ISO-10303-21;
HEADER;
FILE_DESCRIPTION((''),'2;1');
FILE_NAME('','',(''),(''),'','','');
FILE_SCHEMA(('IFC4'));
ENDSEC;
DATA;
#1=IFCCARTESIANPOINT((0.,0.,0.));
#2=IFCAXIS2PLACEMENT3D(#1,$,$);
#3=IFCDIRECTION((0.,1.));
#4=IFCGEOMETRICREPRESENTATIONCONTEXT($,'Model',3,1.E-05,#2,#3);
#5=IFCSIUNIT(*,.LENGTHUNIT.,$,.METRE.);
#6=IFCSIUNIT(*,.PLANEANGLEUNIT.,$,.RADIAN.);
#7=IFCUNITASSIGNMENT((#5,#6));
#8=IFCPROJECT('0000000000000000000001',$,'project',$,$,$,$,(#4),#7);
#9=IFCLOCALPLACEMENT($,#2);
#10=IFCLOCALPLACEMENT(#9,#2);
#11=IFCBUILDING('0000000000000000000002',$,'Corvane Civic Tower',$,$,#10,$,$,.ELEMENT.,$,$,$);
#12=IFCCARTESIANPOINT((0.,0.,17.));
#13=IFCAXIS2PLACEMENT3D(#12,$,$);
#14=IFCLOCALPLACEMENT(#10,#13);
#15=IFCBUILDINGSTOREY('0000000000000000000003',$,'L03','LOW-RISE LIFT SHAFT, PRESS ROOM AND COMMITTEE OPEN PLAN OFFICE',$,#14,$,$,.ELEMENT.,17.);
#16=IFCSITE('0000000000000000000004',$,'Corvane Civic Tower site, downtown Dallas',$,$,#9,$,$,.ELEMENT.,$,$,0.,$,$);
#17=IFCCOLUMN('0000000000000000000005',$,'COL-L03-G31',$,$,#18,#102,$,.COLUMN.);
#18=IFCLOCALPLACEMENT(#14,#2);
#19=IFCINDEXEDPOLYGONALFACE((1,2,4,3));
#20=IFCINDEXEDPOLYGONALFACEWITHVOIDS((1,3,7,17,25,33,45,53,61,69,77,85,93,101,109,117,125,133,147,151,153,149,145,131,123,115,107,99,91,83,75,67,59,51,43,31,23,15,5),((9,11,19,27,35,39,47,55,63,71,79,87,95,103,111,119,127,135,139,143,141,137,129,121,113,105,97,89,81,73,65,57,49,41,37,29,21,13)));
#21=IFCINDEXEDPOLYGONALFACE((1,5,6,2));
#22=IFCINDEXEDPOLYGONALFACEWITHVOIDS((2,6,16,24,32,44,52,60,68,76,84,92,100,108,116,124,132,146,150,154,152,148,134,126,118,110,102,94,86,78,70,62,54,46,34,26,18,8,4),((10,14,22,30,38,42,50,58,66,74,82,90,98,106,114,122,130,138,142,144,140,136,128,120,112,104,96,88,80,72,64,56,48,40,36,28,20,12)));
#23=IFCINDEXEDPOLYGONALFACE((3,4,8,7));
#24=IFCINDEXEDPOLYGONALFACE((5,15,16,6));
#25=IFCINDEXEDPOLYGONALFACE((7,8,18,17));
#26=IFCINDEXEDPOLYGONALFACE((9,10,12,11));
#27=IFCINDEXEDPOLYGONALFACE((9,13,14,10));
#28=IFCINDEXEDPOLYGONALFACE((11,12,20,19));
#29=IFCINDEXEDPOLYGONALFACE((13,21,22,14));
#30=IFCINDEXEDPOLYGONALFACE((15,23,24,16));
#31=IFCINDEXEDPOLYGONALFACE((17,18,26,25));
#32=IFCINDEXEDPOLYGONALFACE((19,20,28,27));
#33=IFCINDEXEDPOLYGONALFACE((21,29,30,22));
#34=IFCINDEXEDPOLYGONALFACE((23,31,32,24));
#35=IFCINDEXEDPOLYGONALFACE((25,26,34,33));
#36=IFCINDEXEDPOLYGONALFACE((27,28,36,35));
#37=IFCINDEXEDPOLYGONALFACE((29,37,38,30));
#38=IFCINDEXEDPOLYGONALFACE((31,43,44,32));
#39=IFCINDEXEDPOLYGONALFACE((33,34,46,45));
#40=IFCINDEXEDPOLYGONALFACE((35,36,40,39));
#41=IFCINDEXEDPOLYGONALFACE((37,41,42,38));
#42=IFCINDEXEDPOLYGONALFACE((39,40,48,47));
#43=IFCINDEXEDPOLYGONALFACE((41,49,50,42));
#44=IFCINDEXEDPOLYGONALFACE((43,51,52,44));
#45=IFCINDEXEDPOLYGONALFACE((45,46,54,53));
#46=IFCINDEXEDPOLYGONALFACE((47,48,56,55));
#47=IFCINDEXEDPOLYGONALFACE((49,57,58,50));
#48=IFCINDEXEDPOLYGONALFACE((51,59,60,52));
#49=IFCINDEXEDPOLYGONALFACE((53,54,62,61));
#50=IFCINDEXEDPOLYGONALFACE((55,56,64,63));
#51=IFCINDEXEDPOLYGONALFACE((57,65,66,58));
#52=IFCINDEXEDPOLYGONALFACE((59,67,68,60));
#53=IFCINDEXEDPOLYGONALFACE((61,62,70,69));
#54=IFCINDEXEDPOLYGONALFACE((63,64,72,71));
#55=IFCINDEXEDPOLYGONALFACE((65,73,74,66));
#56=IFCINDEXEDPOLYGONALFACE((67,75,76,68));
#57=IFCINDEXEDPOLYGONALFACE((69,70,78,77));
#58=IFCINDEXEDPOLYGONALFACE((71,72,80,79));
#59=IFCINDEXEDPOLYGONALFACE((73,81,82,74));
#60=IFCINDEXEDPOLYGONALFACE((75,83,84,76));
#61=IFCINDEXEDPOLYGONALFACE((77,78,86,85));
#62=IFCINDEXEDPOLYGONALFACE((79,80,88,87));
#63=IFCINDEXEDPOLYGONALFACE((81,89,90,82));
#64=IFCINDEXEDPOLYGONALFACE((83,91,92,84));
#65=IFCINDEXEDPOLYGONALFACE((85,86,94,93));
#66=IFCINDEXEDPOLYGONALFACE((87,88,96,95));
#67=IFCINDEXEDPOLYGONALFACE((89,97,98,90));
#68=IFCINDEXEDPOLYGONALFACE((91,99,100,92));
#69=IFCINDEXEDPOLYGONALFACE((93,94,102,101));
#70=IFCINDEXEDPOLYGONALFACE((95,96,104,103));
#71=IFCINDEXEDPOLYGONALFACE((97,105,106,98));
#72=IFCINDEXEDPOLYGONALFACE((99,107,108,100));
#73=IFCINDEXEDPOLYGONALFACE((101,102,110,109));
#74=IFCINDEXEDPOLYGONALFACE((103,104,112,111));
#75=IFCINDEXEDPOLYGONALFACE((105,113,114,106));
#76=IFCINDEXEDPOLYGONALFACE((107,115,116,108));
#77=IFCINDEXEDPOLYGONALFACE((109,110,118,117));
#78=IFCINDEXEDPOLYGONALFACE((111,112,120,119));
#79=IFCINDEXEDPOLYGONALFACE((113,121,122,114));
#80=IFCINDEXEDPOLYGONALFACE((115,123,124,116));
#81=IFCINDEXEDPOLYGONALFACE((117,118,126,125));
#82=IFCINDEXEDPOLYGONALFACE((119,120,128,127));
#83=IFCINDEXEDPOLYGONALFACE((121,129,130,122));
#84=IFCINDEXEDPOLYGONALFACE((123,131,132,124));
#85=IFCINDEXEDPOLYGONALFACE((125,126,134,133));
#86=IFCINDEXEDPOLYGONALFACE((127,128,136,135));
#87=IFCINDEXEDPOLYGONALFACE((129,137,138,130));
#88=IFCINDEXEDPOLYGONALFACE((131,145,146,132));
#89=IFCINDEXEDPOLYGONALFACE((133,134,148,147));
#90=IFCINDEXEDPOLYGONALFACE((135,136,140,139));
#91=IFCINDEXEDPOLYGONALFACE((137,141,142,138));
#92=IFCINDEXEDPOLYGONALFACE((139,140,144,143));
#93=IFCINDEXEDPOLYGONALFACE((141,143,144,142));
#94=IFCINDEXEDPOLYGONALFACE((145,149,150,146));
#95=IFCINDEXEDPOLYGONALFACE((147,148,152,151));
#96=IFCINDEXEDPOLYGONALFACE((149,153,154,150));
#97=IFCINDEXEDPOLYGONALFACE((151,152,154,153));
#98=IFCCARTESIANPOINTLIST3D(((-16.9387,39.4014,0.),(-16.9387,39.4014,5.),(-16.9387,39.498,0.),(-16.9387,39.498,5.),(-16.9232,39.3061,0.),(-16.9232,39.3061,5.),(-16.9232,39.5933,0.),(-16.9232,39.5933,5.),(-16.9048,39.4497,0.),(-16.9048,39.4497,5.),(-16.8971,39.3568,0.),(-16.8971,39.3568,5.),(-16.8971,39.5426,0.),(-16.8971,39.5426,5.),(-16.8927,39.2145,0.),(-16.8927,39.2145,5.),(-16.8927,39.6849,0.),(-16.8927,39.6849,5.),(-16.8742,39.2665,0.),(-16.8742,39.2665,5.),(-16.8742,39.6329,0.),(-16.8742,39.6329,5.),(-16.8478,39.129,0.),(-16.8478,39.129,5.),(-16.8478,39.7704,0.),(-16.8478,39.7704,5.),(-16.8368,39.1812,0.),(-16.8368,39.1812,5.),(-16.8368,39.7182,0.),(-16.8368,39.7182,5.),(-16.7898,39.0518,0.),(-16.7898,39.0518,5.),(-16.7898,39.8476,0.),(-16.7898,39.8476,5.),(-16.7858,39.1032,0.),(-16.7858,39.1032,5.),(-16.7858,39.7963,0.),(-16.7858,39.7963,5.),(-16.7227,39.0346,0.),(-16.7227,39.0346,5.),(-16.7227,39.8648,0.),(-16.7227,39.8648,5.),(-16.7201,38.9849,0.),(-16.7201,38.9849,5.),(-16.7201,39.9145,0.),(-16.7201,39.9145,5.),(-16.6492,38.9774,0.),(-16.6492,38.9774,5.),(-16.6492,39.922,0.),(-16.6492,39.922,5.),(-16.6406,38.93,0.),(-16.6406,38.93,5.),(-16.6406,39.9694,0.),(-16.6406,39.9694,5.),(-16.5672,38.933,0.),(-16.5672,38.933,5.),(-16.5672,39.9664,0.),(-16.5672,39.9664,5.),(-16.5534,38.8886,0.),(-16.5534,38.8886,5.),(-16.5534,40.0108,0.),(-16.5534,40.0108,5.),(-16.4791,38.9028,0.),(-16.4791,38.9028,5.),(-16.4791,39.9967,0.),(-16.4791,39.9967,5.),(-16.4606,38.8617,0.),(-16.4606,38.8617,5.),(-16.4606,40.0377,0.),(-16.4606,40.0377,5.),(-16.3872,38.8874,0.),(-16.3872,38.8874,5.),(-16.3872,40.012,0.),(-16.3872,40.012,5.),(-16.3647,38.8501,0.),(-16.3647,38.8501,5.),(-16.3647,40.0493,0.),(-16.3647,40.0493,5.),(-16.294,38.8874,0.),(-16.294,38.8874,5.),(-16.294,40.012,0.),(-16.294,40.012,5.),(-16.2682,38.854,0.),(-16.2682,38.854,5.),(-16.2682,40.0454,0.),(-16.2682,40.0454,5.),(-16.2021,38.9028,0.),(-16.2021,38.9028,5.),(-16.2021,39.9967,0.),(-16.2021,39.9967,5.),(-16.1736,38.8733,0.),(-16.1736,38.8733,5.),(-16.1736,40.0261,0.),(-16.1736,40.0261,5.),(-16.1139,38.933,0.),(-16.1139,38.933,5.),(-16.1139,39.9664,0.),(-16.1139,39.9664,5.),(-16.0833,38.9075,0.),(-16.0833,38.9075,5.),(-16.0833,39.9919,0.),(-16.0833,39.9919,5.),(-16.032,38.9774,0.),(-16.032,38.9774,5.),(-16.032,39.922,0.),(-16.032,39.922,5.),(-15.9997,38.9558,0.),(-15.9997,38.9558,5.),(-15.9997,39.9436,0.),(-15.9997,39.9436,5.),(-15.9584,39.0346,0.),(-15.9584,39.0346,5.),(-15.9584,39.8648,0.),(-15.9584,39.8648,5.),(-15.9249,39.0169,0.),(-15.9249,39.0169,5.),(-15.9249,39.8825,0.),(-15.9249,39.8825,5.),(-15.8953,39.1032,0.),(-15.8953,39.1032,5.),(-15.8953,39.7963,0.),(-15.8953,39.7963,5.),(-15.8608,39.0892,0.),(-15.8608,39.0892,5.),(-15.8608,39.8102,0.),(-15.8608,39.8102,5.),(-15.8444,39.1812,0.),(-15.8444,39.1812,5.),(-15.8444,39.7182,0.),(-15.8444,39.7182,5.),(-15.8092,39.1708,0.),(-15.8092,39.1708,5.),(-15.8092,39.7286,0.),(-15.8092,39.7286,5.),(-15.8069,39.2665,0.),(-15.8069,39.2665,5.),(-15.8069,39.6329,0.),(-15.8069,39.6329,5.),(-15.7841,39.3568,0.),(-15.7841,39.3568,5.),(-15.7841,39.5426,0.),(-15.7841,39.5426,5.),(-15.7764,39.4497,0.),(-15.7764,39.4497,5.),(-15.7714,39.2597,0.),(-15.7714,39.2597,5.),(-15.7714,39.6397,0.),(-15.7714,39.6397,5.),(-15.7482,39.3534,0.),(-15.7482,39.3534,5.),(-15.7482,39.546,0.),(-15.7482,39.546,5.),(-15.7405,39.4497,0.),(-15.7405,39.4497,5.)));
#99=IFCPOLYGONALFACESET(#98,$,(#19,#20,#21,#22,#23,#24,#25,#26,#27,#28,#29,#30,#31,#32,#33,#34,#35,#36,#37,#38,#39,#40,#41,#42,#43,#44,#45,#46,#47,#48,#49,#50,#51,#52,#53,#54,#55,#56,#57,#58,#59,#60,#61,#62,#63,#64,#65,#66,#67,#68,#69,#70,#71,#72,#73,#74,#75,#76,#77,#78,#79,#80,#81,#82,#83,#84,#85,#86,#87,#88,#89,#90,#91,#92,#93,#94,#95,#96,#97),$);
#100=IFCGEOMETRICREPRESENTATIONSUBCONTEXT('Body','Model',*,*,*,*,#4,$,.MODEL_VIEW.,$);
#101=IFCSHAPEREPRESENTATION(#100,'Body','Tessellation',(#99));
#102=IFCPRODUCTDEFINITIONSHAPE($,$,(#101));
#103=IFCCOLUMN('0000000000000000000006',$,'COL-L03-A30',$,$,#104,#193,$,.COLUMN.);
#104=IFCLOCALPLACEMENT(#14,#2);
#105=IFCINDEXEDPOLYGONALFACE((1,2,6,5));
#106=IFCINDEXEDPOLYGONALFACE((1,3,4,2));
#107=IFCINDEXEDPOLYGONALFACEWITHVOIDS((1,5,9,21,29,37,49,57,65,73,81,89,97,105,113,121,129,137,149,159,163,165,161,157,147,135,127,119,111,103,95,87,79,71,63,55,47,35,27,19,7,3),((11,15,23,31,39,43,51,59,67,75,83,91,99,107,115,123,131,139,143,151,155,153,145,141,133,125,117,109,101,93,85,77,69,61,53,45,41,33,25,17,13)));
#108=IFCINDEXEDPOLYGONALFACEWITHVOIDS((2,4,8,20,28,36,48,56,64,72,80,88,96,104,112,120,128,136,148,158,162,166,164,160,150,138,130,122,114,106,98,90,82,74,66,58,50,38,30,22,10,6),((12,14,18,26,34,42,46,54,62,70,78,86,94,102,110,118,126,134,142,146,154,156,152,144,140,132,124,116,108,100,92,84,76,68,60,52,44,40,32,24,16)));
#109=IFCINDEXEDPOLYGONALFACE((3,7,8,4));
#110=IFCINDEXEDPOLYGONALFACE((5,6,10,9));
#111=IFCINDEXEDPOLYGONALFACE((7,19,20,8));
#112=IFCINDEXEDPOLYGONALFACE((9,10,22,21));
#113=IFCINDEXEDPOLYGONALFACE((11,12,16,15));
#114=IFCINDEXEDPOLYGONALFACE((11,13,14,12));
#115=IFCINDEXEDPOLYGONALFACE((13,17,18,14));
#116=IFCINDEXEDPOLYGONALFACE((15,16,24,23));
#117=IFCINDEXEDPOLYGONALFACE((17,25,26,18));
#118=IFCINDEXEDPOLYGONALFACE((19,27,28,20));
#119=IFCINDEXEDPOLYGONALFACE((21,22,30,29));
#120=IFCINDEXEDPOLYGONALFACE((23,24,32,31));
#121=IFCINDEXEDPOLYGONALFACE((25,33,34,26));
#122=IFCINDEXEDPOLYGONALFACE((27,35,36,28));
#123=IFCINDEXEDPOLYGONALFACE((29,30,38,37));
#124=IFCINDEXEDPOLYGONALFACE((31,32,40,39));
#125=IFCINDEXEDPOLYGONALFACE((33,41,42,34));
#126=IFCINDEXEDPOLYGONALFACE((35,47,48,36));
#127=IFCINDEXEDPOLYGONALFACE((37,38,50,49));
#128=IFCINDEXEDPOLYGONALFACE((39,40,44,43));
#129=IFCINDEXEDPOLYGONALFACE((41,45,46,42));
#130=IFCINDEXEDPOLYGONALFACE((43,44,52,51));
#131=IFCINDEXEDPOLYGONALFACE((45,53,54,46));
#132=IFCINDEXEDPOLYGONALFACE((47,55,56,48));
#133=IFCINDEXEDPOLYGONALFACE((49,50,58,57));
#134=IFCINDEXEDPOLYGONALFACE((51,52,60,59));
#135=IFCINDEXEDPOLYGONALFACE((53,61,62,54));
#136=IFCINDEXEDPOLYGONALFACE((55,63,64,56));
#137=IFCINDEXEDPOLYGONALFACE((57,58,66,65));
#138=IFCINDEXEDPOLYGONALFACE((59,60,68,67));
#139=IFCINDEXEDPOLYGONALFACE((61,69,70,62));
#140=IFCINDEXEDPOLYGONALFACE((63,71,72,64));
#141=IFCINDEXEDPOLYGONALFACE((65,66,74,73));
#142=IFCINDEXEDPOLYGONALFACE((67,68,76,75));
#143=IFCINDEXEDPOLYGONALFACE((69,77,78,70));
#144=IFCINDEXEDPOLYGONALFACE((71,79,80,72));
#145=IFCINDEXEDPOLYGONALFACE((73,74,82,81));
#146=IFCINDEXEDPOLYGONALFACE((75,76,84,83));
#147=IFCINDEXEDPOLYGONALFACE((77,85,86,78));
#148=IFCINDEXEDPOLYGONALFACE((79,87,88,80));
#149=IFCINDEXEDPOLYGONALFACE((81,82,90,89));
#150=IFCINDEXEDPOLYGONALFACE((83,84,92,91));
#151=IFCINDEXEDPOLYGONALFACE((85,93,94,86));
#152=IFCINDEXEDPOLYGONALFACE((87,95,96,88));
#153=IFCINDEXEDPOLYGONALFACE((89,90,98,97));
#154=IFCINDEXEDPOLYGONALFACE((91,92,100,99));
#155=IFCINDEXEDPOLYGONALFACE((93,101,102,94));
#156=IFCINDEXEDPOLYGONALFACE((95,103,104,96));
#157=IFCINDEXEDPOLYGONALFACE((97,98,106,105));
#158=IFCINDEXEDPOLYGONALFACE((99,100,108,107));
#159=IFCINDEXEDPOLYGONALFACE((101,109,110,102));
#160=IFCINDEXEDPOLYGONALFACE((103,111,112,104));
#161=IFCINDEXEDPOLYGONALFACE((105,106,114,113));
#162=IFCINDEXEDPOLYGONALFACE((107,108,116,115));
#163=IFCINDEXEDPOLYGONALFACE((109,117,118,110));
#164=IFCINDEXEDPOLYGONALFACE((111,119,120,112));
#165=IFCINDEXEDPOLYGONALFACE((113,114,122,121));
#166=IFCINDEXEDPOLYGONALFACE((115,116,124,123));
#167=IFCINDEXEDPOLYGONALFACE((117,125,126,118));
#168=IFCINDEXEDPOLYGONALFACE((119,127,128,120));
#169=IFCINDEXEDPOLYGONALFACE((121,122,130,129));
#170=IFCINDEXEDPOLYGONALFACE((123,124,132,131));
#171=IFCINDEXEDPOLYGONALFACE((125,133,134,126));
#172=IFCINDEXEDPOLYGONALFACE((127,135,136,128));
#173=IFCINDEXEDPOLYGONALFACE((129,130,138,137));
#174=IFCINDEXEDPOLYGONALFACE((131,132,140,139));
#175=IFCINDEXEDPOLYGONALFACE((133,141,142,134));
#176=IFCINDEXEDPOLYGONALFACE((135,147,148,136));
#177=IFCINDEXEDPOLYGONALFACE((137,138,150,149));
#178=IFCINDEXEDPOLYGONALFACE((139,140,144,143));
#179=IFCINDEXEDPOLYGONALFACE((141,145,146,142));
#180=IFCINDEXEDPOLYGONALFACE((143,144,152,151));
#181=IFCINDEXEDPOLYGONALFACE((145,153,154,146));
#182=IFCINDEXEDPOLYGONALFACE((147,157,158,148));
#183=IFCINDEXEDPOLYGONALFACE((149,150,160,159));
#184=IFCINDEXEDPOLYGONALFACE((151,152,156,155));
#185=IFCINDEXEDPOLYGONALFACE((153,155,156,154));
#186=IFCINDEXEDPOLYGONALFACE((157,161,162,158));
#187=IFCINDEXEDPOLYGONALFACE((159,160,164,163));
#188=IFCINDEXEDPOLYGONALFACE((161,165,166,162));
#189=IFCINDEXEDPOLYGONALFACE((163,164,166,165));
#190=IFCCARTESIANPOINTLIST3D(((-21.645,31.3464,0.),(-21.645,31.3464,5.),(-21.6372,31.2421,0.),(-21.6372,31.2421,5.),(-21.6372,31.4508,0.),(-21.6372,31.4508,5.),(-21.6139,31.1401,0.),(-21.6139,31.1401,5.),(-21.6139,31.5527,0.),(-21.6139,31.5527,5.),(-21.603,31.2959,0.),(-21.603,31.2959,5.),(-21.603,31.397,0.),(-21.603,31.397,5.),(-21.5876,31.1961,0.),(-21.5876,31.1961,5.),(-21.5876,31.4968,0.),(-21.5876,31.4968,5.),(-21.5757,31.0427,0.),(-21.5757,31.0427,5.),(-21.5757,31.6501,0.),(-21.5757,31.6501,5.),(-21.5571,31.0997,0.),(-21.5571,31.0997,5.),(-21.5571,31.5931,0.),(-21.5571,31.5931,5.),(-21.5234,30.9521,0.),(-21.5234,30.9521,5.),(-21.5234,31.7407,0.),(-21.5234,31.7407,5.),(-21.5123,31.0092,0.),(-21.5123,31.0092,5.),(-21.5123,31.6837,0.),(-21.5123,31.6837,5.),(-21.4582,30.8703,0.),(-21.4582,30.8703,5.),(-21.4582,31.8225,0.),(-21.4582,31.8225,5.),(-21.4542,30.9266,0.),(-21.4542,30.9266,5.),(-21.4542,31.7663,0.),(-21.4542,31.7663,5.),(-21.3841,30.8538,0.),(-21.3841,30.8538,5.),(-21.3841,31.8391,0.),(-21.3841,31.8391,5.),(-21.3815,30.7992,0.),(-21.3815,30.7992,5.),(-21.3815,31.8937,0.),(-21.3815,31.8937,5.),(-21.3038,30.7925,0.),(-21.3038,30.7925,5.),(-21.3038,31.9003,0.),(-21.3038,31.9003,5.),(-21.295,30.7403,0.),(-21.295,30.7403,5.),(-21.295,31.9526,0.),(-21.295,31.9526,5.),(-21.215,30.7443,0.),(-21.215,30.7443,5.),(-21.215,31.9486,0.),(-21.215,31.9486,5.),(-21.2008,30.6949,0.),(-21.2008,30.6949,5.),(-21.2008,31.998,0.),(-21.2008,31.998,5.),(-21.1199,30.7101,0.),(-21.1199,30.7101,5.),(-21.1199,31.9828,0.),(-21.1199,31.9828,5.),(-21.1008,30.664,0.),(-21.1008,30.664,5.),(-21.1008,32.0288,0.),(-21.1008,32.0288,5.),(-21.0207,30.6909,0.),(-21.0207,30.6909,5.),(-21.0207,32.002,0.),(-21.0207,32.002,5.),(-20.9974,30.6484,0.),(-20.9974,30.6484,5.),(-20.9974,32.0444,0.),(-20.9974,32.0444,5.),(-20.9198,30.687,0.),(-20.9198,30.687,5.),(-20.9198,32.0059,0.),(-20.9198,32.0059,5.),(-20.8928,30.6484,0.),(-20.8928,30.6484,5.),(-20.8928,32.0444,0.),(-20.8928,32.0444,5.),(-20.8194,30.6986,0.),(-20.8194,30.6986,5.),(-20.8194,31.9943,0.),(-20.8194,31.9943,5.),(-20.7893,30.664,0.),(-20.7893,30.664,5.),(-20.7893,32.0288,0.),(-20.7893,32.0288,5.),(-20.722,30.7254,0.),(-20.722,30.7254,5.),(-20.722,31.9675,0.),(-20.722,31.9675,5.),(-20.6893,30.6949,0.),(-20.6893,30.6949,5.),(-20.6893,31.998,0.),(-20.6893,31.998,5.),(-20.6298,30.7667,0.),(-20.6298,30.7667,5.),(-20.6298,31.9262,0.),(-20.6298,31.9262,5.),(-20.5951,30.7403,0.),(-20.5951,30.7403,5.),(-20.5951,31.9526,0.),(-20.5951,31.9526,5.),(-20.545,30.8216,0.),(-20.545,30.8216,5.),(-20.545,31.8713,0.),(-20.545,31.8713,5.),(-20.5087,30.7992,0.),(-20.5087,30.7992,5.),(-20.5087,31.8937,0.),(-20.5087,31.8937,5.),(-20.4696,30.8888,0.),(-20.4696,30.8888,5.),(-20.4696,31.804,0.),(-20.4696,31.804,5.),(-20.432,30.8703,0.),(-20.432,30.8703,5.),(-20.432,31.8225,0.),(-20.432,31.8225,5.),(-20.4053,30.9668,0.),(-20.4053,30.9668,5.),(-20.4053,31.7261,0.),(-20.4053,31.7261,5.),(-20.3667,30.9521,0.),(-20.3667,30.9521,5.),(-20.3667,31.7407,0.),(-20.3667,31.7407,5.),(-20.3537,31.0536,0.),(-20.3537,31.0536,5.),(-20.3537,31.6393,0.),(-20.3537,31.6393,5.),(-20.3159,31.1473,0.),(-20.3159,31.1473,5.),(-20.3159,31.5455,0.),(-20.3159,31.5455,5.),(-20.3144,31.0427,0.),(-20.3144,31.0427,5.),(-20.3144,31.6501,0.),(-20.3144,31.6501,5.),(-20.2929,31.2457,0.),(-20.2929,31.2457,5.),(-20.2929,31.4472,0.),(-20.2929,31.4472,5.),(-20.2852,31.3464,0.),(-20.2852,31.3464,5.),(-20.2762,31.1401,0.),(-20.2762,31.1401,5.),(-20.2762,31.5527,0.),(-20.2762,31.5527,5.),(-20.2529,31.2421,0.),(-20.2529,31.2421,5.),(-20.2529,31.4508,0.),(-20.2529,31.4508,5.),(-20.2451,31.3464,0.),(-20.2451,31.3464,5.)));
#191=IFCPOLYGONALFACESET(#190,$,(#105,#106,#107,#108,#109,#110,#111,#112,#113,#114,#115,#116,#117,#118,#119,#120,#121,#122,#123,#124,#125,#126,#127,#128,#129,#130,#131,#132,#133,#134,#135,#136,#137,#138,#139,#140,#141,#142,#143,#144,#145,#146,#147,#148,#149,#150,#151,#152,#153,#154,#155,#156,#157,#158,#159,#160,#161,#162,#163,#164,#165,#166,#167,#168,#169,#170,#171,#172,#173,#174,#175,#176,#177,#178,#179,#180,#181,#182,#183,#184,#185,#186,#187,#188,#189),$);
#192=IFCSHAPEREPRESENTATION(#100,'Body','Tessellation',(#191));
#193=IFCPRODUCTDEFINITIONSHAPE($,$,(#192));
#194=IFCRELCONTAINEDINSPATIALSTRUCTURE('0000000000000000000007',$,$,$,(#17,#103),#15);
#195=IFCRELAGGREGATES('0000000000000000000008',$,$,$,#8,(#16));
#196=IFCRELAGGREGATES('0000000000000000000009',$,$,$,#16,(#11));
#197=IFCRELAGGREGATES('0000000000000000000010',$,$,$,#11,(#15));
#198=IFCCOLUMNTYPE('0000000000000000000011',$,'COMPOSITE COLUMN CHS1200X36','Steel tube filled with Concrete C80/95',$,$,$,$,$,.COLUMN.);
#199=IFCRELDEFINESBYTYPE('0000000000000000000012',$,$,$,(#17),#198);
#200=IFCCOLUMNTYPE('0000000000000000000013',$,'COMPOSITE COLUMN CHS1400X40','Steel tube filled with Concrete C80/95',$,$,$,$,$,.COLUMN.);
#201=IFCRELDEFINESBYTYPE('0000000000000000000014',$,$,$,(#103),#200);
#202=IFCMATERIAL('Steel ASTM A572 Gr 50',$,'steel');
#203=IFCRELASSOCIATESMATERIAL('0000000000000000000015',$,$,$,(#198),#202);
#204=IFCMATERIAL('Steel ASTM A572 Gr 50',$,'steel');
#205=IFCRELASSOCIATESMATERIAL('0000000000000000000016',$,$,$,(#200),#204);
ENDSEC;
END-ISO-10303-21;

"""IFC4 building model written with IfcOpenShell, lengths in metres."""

from ifc_helpers import new_model, si_unit, direction, frame, origin, origin_2d, place, context, subcontext, project, spatial, hollow_circle, extrude, material, material_profile, profile_set, type_object, element, save


model = new_model("IFC4")

# Units and contexts
model_context = context("Model", 3, precision=1e-05, world=origin(), true_north=direction((0.0, 1.0)))
body_context = subcontext(model_context, "Body", "Model", "MODEL_VIEW")
ifc_project = project(units=[si_unit("LENGTHUNIT", "METRE"), si_unit("PLANEANGLEUNIT", "RADIAN")], contexts=[model_context])

# Site, building, storey
site_placement = place(None, origin())
site = spatial("IfcSite", under=ifc_project, at=site_placement, Name="Corvane Civic Tower site, downtown Dallas", CompositionType="ELEMENT", RefElevation=0.0)
building_placement = place(site_placement, origin())
building = spatial("IfcBuilding", under=site, at=building_placement, Name="Corvane Civic Tower", CompositionType="ELEMENT")
storey_placement = place(building_placement, frame((0.0, 0.0, 17.0)))
storey = spatial("IfcBuildingStorey", under=building, at=storey_placement, Name="L03", Description="LOW-RISE LIFT SHAFT, PRESS ROOM AND COMMITTEE OPEN PLAN OFFICE", CompositionType="ELEMENT", Elevation=17.0)

# Columns
ifc_material_1 = material(Name="Steel ASTM A572 Gr 50", Category="steel")
ifc_material_profile_1 = material_profile(ifc_material_1, hollow_circle(Radius=0.6001, WallThickness=0.0359, at=origin_2d()), Name="CHS1200X36")
ifc_profile_set_1 = profile_set([ifc_material_profile_1], Name="Steel ASTM A572 Gr 50")
column_type_1 = type_object("IfcColumnType", Name="COMPOSITE COLUMN CHS1200X36", Description="Steel tube filled with Concrete C80/95", PredefinedType="COLUMN", material=ifc_profile_set_1)
column_placement = place(storey_placement, frame((-16.3406, 39.4497, 0.0), z_axis=(0.0, 0.0, 1.0), x_axis=(1.0, 0.0, 0.0)))
element("IfcColumn", 1, at=column_placement, inside=storey, type_object=column_type_1, Name="COL-L03-G31", PredefinedType="COLUMN", context=body_context, shape_type="SweptSolid", body=[
    extrude(hollow_circle(Radius=0.6001, WallThickness=0.0359, at=origin_2d()), origin(), (0.0, 0.0, 1.0), 5.0),
])
ifc_material_2 = material(Name="Steel ASTM A572 Gr 50", Category="steel")
ifc_material_profile_2 = material_profile(ifc_material_2, hollow_circle(Radius=0.7, WallThickness=0.04, at=origin_2d()), Name="CHS1400X40")
ifc_profile_set_2 = profile_set([ifc_material_profile_2], Name="Steel ASTM A572 Gr 50")
column_type_2 = type_object("IfcColumnType", Name="COMPOSITE COLUMN CHS1400X40", Description="Steel tube filled with Concrete C80/95", PredefinedType="COLUMN", material=ifc_profile_set_2)
for number, where, z_axis, x_axis, name in (
    (2, (-20.9451, 31.3464, 0.0), (0.0, 0.0, 1.0), (1.0, 0.0, 0.0), "COL-L03-A30"),
):
    element("IfcColumn", number, at=place(storey_placement, frame(where, z_axis=z_axis, x_axis=x_axis)), inside=storey, type_object=column_type_2, Name=name, PredefinedType="COLUMN", context=body_context, shape_type="SweptSolid", body=[
        extrude(hollow_circle(Radius=0.7, WallThickness=0.04, at=origin_2d()), origin(), (0.0, 0.0, 1.0), 5.0),
    ])

save(model, "model.ifc")
